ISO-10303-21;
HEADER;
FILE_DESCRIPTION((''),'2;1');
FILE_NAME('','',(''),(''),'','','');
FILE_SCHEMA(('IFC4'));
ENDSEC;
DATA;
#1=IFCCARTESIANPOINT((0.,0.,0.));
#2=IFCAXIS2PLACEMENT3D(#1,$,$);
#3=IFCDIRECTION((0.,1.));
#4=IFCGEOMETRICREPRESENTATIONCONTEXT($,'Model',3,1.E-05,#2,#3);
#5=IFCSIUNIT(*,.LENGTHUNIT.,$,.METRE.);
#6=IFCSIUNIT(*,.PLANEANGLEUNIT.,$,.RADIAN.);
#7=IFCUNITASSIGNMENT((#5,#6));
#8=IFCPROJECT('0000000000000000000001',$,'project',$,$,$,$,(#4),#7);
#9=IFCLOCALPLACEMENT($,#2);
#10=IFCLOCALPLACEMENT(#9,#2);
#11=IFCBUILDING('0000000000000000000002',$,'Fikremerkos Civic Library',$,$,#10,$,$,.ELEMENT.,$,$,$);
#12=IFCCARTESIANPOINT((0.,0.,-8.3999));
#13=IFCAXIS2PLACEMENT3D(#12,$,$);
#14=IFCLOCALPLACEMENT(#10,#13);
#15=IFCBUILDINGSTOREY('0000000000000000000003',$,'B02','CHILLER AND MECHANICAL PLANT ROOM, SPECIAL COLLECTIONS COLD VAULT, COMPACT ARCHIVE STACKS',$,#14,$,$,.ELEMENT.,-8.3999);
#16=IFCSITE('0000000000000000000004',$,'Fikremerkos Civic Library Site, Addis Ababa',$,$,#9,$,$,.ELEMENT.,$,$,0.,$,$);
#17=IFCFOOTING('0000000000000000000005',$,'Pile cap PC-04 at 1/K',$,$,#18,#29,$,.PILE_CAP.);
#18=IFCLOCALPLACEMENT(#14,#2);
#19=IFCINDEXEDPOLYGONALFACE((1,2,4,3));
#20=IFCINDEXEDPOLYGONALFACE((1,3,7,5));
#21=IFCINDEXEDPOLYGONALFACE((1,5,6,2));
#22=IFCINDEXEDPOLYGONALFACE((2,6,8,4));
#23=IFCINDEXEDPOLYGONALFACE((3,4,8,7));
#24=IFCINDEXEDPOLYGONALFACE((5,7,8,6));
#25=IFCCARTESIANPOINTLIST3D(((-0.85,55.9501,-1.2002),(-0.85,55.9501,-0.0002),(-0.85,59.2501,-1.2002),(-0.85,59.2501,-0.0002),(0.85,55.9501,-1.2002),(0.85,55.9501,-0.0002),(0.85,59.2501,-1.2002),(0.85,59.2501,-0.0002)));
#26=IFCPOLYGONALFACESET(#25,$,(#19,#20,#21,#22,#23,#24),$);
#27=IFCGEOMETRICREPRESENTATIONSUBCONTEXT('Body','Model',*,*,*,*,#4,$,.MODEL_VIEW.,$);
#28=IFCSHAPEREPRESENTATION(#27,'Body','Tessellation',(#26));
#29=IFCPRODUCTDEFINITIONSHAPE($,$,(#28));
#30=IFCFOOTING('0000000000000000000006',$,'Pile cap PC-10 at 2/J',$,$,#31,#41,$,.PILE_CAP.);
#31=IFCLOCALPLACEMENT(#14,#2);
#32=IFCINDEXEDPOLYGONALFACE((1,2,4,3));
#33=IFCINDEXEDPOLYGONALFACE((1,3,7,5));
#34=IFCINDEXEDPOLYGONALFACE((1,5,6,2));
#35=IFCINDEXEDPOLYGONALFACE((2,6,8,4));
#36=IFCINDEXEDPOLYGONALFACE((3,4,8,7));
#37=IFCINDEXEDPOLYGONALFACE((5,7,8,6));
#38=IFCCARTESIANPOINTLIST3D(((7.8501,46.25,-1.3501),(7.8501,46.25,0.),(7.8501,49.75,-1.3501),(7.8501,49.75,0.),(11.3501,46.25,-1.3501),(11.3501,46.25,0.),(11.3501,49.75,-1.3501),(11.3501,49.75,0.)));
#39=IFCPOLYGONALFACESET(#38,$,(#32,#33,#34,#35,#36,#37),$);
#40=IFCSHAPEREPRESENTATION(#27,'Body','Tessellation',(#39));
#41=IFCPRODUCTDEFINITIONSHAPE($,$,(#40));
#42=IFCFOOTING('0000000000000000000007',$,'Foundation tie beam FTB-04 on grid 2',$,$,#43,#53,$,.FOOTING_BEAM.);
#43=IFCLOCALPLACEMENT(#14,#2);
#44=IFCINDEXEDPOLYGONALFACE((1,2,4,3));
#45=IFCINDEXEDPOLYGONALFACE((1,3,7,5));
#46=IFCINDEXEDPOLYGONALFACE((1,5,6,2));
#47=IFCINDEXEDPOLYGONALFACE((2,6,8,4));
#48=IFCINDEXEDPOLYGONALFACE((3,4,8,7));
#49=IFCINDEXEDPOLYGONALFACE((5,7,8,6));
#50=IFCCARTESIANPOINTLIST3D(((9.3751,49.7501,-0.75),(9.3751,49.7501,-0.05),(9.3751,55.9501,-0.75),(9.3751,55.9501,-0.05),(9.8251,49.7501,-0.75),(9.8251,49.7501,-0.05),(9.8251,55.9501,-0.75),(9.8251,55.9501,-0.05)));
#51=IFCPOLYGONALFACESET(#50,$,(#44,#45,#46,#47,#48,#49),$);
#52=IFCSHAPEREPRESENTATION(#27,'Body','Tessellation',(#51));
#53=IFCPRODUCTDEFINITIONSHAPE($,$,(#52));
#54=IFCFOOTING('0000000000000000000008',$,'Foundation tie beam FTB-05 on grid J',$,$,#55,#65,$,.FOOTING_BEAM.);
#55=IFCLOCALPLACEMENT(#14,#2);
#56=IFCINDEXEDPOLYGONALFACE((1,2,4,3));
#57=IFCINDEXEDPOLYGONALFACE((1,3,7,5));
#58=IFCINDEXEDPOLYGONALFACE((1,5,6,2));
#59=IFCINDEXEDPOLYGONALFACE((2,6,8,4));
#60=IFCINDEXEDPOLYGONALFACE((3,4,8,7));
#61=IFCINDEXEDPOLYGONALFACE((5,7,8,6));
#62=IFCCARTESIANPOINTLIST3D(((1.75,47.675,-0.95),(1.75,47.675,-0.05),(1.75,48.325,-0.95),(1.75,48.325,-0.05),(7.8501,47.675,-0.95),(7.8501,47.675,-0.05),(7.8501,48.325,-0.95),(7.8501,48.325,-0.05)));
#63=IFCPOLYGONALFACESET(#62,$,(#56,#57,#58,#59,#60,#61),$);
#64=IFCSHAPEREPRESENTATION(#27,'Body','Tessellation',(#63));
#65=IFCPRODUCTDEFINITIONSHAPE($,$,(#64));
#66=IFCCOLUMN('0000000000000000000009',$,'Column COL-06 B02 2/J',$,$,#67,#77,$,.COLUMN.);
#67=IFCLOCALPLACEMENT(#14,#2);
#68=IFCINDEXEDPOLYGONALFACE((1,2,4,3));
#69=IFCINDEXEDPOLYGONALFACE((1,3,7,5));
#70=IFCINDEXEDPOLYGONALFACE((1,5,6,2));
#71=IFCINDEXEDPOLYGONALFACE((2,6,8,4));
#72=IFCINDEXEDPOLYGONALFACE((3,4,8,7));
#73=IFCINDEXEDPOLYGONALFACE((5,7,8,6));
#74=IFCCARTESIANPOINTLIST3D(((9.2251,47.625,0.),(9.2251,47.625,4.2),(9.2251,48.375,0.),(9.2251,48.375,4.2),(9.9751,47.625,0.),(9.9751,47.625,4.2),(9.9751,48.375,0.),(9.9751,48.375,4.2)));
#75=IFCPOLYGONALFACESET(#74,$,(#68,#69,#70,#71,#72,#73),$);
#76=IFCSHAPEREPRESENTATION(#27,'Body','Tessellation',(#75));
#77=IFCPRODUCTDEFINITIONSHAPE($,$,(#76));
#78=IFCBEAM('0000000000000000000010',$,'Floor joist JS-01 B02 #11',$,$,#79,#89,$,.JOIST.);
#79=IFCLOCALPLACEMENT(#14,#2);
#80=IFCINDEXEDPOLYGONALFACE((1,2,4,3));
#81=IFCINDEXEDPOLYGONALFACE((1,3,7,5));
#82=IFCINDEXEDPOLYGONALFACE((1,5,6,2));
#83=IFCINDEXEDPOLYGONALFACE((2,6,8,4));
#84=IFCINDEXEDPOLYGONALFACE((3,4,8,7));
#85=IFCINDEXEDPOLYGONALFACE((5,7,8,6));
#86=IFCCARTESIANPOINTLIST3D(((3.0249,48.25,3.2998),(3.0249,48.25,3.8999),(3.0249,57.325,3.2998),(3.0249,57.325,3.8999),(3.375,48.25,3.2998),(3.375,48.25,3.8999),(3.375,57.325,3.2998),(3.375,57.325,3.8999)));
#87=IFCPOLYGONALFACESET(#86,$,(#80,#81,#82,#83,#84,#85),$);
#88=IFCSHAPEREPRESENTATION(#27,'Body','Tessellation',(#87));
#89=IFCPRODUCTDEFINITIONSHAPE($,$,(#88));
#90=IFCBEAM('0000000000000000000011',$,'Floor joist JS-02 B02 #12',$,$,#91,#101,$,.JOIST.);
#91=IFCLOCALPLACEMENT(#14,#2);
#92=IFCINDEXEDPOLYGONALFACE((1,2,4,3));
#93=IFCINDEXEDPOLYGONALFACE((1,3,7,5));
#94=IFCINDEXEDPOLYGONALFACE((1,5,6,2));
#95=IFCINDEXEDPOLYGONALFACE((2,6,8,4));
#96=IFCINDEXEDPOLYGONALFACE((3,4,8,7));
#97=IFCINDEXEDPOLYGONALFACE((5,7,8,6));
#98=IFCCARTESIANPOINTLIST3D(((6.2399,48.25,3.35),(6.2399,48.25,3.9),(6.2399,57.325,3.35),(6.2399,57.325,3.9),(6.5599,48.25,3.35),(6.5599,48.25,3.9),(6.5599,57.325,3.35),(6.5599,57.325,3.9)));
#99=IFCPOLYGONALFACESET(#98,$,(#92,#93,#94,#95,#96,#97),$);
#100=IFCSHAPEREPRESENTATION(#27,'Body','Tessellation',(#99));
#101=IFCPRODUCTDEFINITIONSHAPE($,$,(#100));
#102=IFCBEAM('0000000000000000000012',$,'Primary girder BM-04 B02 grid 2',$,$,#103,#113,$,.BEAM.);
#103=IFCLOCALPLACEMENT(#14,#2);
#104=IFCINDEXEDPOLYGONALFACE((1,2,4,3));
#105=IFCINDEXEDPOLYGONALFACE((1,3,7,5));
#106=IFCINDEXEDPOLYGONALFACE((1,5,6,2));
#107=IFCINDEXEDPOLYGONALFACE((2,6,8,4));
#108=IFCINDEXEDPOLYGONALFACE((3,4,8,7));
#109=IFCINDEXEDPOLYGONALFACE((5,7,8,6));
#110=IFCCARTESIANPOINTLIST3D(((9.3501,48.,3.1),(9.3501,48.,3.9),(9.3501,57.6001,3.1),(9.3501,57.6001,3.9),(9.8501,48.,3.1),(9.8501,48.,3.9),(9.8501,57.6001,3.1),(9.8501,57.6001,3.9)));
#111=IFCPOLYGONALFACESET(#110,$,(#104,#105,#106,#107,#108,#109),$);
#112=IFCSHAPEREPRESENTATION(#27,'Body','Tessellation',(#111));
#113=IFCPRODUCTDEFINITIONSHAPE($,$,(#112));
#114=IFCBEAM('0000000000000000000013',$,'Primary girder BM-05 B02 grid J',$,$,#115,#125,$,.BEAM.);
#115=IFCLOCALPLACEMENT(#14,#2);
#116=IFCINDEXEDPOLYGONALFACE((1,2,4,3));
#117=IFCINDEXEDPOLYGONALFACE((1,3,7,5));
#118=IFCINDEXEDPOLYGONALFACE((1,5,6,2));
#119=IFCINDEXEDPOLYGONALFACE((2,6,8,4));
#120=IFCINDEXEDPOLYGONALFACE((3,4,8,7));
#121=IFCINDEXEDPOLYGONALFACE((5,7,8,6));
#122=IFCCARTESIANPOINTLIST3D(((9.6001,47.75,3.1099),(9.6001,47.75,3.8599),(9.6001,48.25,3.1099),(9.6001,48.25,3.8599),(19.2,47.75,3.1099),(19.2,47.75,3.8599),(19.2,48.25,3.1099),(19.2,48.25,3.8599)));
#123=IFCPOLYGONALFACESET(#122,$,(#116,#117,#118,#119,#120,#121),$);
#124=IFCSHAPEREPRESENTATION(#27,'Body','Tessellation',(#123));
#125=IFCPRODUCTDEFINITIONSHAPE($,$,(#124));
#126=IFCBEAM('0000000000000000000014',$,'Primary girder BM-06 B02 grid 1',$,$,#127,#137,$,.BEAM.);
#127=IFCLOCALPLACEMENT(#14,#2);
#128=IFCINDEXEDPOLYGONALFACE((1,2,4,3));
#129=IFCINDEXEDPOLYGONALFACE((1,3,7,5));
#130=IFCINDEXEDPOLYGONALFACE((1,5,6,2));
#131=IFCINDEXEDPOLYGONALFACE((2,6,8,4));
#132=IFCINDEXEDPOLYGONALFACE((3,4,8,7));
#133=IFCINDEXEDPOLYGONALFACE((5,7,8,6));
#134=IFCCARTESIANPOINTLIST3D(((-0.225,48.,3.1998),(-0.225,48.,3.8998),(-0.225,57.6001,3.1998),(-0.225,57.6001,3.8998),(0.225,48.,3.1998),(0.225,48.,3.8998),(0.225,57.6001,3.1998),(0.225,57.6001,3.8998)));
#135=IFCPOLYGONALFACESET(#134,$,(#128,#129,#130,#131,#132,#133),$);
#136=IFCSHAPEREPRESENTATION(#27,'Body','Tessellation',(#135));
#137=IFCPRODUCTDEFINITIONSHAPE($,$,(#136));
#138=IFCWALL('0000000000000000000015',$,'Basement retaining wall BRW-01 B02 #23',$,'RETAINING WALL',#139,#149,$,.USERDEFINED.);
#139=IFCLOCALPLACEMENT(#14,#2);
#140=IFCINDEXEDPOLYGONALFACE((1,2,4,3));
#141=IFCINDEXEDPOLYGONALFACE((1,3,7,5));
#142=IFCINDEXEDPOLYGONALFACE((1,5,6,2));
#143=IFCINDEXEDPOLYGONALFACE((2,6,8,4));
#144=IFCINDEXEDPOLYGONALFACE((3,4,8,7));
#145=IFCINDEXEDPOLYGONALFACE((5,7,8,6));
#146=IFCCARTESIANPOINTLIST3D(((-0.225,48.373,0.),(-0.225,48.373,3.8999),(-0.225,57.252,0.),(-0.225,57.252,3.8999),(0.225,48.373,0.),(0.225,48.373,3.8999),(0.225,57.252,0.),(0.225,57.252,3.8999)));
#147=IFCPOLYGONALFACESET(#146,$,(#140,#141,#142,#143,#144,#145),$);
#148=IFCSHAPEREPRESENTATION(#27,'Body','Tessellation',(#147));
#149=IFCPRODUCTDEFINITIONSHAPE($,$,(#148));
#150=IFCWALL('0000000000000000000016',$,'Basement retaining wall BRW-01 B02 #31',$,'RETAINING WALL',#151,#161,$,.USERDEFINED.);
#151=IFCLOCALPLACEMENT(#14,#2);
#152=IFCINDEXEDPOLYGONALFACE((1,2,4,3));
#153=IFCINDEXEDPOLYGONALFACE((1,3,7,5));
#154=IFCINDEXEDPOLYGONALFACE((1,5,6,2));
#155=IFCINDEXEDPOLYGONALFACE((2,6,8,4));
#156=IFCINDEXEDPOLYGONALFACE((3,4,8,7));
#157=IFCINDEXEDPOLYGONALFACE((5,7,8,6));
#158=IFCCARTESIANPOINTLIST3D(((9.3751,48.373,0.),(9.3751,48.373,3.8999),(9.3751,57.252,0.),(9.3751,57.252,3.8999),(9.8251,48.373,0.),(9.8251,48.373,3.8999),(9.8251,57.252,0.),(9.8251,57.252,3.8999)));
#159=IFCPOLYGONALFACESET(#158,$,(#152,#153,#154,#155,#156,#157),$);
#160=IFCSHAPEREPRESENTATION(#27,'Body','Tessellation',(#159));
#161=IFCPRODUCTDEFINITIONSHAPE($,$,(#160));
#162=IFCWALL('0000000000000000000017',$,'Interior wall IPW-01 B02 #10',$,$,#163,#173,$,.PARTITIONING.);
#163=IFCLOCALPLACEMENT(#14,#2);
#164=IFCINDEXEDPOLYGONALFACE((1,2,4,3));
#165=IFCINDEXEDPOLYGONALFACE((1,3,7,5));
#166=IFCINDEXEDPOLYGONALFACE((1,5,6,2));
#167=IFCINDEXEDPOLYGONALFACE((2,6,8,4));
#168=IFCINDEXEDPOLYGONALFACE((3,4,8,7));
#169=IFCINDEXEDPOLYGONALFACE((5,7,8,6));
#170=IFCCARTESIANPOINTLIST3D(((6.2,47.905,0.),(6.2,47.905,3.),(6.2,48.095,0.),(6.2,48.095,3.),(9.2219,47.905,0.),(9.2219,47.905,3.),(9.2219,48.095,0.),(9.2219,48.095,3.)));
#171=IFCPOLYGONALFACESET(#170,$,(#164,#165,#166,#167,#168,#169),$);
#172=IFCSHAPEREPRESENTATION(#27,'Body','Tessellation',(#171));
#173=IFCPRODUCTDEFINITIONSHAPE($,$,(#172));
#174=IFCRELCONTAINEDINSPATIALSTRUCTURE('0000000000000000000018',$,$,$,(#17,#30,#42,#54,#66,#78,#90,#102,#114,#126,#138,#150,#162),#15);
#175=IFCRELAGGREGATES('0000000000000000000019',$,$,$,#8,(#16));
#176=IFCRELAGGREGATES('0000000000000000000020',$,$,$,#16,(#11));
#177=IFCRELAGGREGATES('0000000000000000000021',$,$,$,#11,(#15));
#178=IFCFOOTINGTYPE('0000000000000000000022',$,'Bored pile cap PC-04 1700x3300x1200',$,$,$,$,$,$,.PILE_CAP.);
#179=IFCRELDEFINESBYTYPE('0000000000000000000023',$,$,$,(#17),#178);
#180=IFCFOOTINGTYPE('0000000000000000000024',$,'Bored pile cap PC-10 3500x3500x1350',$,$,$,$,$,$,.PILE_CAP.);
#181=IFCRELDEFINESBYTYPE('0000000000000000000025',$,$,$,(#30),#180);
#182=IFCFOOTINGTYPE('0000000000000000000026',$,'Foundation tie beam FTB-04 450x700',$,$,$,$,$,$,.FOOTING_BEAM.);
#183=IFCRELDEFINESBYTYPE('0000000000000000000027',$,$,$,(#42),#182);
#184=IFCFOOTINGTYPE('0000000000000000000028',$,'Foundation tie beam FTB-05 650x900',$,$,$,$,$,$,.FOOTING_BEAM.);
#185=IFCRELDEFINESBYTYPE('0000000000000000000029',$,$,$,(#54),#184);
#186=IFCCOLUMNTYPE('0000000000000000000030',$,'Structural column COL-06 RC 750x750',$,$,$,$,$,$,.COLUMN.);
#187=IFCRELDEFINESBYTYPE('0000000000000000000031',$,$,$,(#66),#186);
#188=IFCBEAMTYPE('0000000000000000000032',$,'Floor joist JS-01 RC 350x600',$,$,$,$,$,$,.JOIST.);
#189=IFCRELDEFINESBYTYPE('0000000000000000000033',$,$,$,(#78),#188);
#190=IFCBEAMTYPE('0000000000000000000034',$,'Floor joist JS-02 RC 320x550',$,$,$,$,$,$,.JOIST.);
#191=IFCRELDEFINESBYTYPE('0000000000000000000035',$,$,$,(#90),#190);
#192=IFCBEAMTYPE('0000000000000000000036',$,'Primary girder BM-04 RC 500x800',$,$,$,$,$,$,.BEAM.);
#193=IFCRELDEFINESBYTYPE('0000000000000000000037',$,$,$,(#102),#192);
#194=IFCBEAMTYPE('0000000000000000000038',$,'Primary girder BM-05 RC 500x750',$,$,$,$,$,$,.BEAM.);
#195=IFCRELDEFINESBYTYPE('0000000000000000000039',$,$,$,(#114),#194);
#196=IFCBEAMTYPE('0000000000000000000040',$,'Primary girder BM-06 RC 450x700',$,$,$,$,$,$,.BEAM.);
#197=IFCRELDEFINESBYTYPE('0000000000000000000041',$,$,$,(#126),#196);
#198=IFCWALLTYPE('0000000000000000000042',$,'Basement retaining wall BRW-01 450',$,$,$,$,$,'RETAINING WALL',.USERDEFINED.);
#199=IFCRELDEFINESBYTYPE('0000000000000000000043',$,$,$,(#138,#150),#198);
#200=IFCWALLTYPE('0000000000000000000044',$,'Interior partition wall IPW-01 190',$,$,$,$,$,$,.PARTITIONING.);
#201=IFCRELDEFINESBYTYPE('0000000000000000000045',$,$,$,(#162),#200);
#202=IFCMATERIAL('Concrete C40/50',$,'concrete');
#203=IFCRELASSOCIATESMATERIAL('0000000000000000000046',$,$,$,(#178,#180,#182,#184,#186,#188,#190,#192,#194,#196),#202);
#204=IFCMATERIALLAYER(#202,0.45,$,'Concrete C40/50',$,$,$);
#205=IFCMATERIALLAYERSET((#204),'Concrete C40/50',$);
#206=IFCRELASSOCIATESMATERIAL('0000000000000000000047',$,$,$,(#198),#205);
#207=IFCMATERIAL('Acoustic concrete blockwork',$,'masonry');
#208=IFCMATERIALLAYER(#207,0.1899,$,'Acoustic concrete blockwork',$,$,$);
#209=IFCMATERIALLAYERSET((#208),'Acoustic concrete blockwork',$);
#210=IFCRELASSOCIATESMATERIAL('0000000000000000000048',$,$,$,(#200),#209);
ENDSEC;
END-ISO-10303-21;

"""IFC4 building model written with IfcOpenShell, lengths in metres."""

from ifc_helpers import new_model, si_unit, direction, frame, frame_2d, origin, origin_2d, place, context, subcontext, project, spatial, rectangle, extrude, material, layer, layer_set, material_profile, profile_set, type_object, element, save


model = new_model("IFC4")

# Units and contexts
model_context = context("Model", 3, precision=1e-05, world=origin(), true_north=direction((0.0, 1.0)))
body_context = subcontext(model_context, "Body", "Model", "MODEL_VIEW")
ifc_project = project(units=[si_unit("LENGTHUNIT", "METRE"), si_unit("PLANEANGLEUNIT", "RADIAN")], contexts=[model_context])

# Site, building, storey
site_placement = place(None, origin())
site = spatial("IfcSite", under=ifc_project, at=site_placement, Name="Fikremerkos Civic Library Site, Addis Ababa", CompositionType="ELEMENT", RefElevation=0.0)
building_placement = place(site_placement, origin())
building = spatial("IfcBuilding", under=site, at=building_placement, Name="Fikremerkos Civic Library", CompositionType="ELEMENT")
storey_placement = place(building_placement, frame((0.0, 0.0, -8.3999)))
storey = spatial("IfcBuildingStorey", under=building, at=storey_placement, Name="B02", Description="CHILLER AND MECHANICAL PLANT ROOM, SPECIAL COLLECTIONS COLD VAULT, COMPACT ARCHIVE STACKS", CompositionType="ELEMENT", Elevation=-8.3999)

# Footings
ifc_material_1 = material(Name="Concrete C40/50", Category="concrete")
footing_type_1 = type_object("IfcFootingType", Name="Bored pile cap PC-04 1700x3300x1200", PredefinedType="PILE_CAP", material=ifc_material_1)
footing_1_placement = place(storey_placement, frame((0.0, 57.6001, -1.2002), z_axis=(0.0, 0.0, 1.0), x_axis=(1.0, 0.0, 0.0)))
element("IfcFooting", 1, at=footing_1_placement, inside=storey, type_object=footing_type_1, Name="Pile cap PC-04 at 1/K", PredefinedType="PILE_CAP", context=body_context, shape_type="SweptSolid", body=[
    extrude(rectangle(XDim=1.7, YDim=3.3, at=origin_2d()), origin(), (0.0, 0.0, 1.0), 1.2),
])
footing_type_2 = type_object("IfcFootingType", Name="Bored pile cap PC-10 3500x3500x1350", PredefinedType="PILE_CAP", material=ifc_material_1)
footing_2_placement = place(storey_placement, frame((9.6001, 48.0, -1.3501), z_axis=(0.0, 0.0, 1.0), x_axis=(1.0, 0.0, 0.0)))
element("IfcFooting", 2, at=footing_2_placement, inside=storey, type_object=footing_type_2, Name="Pile cap PC-10 at 2/J", PredefinedType="PILE_CAP", context=body_context, shape_type="SweptSolid", body=[
    extrude(rectangle(XDim=3.5, YDim=3.5, at=origin_2d()), origin(), (0.0, 0.0, 1.0), 1.3501),
])
footing_type_3 = type_object("IfcFootingType", Name="Foundation tie beam FTB-04 450x700", PredefinedType="FOOTING_BEAM", material=ifc_material_1)
footing_3_placement = place(storey_placement, frame((9.6001, 52.8501, -0.75), z_axis=(0.0, 0.0, 1.0), x_axis=(0.0, 1.0, 0.0)))
element("IfcFooting", 3, at=footing_3_placement, inside=storey, type_object=footing_type_3, Name="Foundation tie beam FTB-04 on grid 2", PredefinedType="FOOTING_BEAM", context=body_context, shape_type="SweptSolid", body=[
    extrude(rectangle(XDim=6.2, YDim=0.45, at=origin_2d()), origin(), (0.0, 0.0, 1.0), 0.7),
])
footing_type_4 = type_object("IfcFootingType", Name="Foundation tie beam FTB-05 650x900", PredefinedType="FOOTING_BEAM", material=ifc_material_1)
footing_4_placement = place(storey_placement, frame((4.8, 48.0, -0.95), z_axis=(0.0, 0.0, 1.0), x_axis=(1.0, 0.0, 0.0)))
element("IfcFooting", 4, at=footing_4_placement, inside=storey, type_object=footing_type_4, Name="Foundation tie beam FTB-05 on grid J", PredefinedType="FOOTING_BEAM", context=body_context, shape_type="SweptSolid", body=[
    extrude(rectangle(XDim=6.1001, YDim=0.6499, at=origin_2d()), origin(), (0.0, 0.0, 1.0), 0.8999),
])

# Column
ifc_material_profile_1 = material_profile(ifc_material_1, rectangle(XDim=0.75, YDim=0.75, at=origin_2d()), Name="RC 750x750")
ifc_profile_set_1 = profile_set([ifc_material_profile_1], Name="Concrete C40/50")
column_type = type_object("IfcColumnType", Name="Structural column COL-06 RC 750x750", PredefinedType="COLUMN", material=ifc_profile_set_1)
column_placement = place(storey_placement, frame((9.6001, 48.0, 0.0), z_axis=(0.0, 0.0, 1.0), x_axis=(1.0, 0.0, 0.0)))
element("IfcColumn", 5, at=column_placement, inside=storey, type_object=column_type, Name="Column COL-06 B02 2/J", PredefinedType="COLUMN", context=body_context, shape_type="SweptSolid", body=[
    extrude(rectangle(XDim=0.75, YDim=0.75, at=origin_2d()), origin(), (0.0, 0.0, 1.0), 4.2),
])

# Beams
ifc_material_profile_2 = material_profile(ifc_material_1, rectangle(XDim=0.3501, YDim=0.6001, at=origin_2d()), Name="RC 350x600")
ifc_profile_set_2 = profile_set([ifc_material_profile_2], Name="Concrete C40/50")
beam_type_1 = type_object("IfcBeamType", Name="Floor joist JS-01 RC 350x600", PredefinedType="JOIST", material=ifc_profile_set_2)
beam_1_placement = place(storey_placement, frame((3.2, 48.25, 3.5999), z_axis=(0.0, 1.0, 0.0), x_axis=(-1.0, 0.0, 0.0)))
element("IfcBeam", 6, at=beam_1_placement, inside=storey, type_object=beam_type_1, Name="Floor joist JS-01 B02 #11", PredefinedType="JOIST", context=body_context, shape_type="SweptSolid", body=[
    extrude(rectangle(XDim=0.3501, YDim=0.6001, at=origin_2d()), origin(), (0.0, 0.0, 1.0), 9.075),
])
ifc_material_profile_3 = material_profile(ifc_material_1, rectangle(XDim=0.3201, YDim=0.55, at=origin_2d()), Name="RC 320x550")
ifc_profile_set_3 = profile_set([ifc_material_profile_3], Name="Concrete C40/50")
beam_type_2 = type_object("IfcBeamType", Name="Floor joist JS-02 RC 320x550", PredefinedType="JOIST", material=ifc_profile_set_3)
beam_2_placement = place(storey_placement, frame((6.3999, 48.25, 3.625), z_axis=(0.0, 1.0, 0.0), x_axis=(-1.0, 0.0, 0.0)))
element("IfcBeam", 7, at=beam_2_placement, inside=storey, type_object=beam_type_2, Name="Floor joist JS-02 B02 #12", PredefinedType="JOIST", context=body_context, shape_type="SweptSolid", body=[
    extrude(rectangle(XDim=0.3201, YDim=0.55, at=origin_2d()), origin(), (0.0, 0.0, 1.0), 9.075),
])
ifc_material_profile_4 = material_profile(ifc_material_1, rectangle(XDim=0.5, YDim=0.8, at=origin_2d()), Name="RC 500x800")
ifc_profile_set_4 = profile_set([ifc_material_profile_4], Name="Concrete C40/50")
beam_type_3 = type_object("IfcBeamType", Name="Primary girder BM-04 RC 500x800", PredefinedType="BEAM", material=ifc_profile_set_4)
beam_3_placement = place(storey_placement, frame((9.6001, 48.0, 3.5), z_axis=(0.0, 1.0, 0.0), x_axis=(-1.0, 0.0, 0.0)))
element("IfcBeam", 8, at=beam_3_placement, inside=storey, type_object=beam_type_3, Name="Primary girder BM-04 B02 grid 2", PredefinedType="BEAM", context=body_context, shape_type="SweptSolid", body=[
    extrude(rectangle(XDim=0.5, YDim=0.8, at=origin_2d()), origin(), (0.0, 0.0, 1.0), 9.6001),
])
ifc_material_profile_5 = material_profile(ifc_material_1, rectangle(XDim=0.5, YDim=0.75, at=origin_2d()), Name="RC 500x750")
ifc_profile_set_5 = profile_set([ifc_material_profile_5], Name="Concrete C40/50")
beam_type_4 = type_object("IfcBeamType", Name="Primary girder BM-05 RC 500x750", PredefinedType="BEAM", material=ifc_profile_set_5)
beam_4_placement = place(storey_placement, frame((9.6001, 48.0, 3.4849), z_axis=(1.0, 0.0, 0.0), x_axis=(0.0, 1.0, 0.0)))
element("IfcBeam", 9, at=beam_4_placement, inside=storey, type_object=beam_type_4, Name="Primary girder BM-05 B02 grid J", PredefinedType="BEAM", context=body_context, shape_type="SweptSolid", body=[
    extrude(rectangle(XDim=0.5, YDim=0.75, at=origin_2d()), origin(), (0.0, 0.0, 1.0), 9.5999),
])
ifc_material_profile_6 = material_profile(ifc_material_1, rectangle(XDim=0.45, YDim=0.7, at=origin_2d()), Name="RC 450x700")
ifc_profile_set_6 = profile_set([ifc_material_profile_6], Name="Concrete C40/50")
beam_type_5 = type_object("IfcBeamType", Name="Primary girder BM-06 RC 450x700", PredefinedType="BEAM", material=ifc_profile_set_6)
beam_5_placement = place(storey_placement, frame((0.0, 48.0, 3.5498), z_axis=(0.0, 1.0, 0.0), x_axis=(-1.0, 0.0, 0.0)))
element("IfcBeam", 10, at=beam_5_placement, inside=storey, type_object=beam_type_5, Name="Primary girder BM-06 B02 grid 1", PredefinedType="BEAM", context=body_context, shape_type="SweptSolid", body=[
    extrude(rectangle(XDim=0.45, YDim=0.7, at=origin_2d()), origin(), (0.0, 0.0, 1.0), 9.6001),
])

# Walls
ifc_layer_1 = layer(ifc_material_1, 0.45, Name="Concrete C40/50")
ifc_layer_set_1 = layer_set([ifc_layer_1], Name="Concrete C40/50")
wall_type_1 = type_object("IfcWallType", Name="Basement retaining wall BRW-01 450", ElementType="RETAINING WALL", PredefinedType="USERDEFINED", material=ifc_layer_set_1)
for number, where, z_axis, x_axis, name in (
    (11, (0.0, 48.373, 0.0), (0.0, 0.0, 1.0), (0.0, 1.0, 0.0), "Basement retaining wall BRW-01 B02 #23"),
    (12, (9.6001, 57.252, 0.0), (0.0, 0.0, 1.0), (0.0, -1.0, 0.0), "Basement retaining wall BRW-01 B02 #31"),
):
    element("IfcWall", number, at=place(storey_placement, frame(where, z_axis=z_axis, x_axis=x_axis)), inside=storey, type_object=wall_type_1, Name=name, ObjectType="RETAINING WALL", PredefinedType="USERDEFINED", context=body_context, shape_type="SweptSolid", body=[
        extrude(rectangle(XDim=8.8789, YDim=0.45, at=frame_2d((4.4395, 0.0))), origin(), (0.0, 0.0, 1.0), 3.8999),
    ])
ifc_material_2 = material(Name="Acoustic concrete blockwork", Category="masonry")
ifc_layer_2 = layer(ifc_material_2, 0.1899, Name="Acoustic concrete blockwork")
ifc_layer_set_2 = layer_set([ifc_layer_2], Name="Acoustic concrete blockwork")
wall_type_2 = type_object("IfcWallType", Name="Interior partition wall IPW-01 190", PredefinedType="PARTITIONING", material=ifc_layer_set_2)
wall_1_placement = place(storey_placement, frame((6.2, 48.0, 0.0), z_axis=(0.0, 0.0, 1.0), x_axis=(1.0, 0.0, 0.0)))
element("IfcWall", 13, at=wall_1_placement, inside=storey, type_object=wall_type_2, Name="Interior wall IPW-01 B02 #10", PredefinedType="PARTITIONING", context=body_context, shape_type="SweptSolid", body=[
    extrude(rectangle(XDim=3.022, YDim=0.1899, at=frame_2d((1.511, 0.0))), origin(), (0.0, 0.0, 1.0), 3.0),
])

save(model, "model.ifc")
